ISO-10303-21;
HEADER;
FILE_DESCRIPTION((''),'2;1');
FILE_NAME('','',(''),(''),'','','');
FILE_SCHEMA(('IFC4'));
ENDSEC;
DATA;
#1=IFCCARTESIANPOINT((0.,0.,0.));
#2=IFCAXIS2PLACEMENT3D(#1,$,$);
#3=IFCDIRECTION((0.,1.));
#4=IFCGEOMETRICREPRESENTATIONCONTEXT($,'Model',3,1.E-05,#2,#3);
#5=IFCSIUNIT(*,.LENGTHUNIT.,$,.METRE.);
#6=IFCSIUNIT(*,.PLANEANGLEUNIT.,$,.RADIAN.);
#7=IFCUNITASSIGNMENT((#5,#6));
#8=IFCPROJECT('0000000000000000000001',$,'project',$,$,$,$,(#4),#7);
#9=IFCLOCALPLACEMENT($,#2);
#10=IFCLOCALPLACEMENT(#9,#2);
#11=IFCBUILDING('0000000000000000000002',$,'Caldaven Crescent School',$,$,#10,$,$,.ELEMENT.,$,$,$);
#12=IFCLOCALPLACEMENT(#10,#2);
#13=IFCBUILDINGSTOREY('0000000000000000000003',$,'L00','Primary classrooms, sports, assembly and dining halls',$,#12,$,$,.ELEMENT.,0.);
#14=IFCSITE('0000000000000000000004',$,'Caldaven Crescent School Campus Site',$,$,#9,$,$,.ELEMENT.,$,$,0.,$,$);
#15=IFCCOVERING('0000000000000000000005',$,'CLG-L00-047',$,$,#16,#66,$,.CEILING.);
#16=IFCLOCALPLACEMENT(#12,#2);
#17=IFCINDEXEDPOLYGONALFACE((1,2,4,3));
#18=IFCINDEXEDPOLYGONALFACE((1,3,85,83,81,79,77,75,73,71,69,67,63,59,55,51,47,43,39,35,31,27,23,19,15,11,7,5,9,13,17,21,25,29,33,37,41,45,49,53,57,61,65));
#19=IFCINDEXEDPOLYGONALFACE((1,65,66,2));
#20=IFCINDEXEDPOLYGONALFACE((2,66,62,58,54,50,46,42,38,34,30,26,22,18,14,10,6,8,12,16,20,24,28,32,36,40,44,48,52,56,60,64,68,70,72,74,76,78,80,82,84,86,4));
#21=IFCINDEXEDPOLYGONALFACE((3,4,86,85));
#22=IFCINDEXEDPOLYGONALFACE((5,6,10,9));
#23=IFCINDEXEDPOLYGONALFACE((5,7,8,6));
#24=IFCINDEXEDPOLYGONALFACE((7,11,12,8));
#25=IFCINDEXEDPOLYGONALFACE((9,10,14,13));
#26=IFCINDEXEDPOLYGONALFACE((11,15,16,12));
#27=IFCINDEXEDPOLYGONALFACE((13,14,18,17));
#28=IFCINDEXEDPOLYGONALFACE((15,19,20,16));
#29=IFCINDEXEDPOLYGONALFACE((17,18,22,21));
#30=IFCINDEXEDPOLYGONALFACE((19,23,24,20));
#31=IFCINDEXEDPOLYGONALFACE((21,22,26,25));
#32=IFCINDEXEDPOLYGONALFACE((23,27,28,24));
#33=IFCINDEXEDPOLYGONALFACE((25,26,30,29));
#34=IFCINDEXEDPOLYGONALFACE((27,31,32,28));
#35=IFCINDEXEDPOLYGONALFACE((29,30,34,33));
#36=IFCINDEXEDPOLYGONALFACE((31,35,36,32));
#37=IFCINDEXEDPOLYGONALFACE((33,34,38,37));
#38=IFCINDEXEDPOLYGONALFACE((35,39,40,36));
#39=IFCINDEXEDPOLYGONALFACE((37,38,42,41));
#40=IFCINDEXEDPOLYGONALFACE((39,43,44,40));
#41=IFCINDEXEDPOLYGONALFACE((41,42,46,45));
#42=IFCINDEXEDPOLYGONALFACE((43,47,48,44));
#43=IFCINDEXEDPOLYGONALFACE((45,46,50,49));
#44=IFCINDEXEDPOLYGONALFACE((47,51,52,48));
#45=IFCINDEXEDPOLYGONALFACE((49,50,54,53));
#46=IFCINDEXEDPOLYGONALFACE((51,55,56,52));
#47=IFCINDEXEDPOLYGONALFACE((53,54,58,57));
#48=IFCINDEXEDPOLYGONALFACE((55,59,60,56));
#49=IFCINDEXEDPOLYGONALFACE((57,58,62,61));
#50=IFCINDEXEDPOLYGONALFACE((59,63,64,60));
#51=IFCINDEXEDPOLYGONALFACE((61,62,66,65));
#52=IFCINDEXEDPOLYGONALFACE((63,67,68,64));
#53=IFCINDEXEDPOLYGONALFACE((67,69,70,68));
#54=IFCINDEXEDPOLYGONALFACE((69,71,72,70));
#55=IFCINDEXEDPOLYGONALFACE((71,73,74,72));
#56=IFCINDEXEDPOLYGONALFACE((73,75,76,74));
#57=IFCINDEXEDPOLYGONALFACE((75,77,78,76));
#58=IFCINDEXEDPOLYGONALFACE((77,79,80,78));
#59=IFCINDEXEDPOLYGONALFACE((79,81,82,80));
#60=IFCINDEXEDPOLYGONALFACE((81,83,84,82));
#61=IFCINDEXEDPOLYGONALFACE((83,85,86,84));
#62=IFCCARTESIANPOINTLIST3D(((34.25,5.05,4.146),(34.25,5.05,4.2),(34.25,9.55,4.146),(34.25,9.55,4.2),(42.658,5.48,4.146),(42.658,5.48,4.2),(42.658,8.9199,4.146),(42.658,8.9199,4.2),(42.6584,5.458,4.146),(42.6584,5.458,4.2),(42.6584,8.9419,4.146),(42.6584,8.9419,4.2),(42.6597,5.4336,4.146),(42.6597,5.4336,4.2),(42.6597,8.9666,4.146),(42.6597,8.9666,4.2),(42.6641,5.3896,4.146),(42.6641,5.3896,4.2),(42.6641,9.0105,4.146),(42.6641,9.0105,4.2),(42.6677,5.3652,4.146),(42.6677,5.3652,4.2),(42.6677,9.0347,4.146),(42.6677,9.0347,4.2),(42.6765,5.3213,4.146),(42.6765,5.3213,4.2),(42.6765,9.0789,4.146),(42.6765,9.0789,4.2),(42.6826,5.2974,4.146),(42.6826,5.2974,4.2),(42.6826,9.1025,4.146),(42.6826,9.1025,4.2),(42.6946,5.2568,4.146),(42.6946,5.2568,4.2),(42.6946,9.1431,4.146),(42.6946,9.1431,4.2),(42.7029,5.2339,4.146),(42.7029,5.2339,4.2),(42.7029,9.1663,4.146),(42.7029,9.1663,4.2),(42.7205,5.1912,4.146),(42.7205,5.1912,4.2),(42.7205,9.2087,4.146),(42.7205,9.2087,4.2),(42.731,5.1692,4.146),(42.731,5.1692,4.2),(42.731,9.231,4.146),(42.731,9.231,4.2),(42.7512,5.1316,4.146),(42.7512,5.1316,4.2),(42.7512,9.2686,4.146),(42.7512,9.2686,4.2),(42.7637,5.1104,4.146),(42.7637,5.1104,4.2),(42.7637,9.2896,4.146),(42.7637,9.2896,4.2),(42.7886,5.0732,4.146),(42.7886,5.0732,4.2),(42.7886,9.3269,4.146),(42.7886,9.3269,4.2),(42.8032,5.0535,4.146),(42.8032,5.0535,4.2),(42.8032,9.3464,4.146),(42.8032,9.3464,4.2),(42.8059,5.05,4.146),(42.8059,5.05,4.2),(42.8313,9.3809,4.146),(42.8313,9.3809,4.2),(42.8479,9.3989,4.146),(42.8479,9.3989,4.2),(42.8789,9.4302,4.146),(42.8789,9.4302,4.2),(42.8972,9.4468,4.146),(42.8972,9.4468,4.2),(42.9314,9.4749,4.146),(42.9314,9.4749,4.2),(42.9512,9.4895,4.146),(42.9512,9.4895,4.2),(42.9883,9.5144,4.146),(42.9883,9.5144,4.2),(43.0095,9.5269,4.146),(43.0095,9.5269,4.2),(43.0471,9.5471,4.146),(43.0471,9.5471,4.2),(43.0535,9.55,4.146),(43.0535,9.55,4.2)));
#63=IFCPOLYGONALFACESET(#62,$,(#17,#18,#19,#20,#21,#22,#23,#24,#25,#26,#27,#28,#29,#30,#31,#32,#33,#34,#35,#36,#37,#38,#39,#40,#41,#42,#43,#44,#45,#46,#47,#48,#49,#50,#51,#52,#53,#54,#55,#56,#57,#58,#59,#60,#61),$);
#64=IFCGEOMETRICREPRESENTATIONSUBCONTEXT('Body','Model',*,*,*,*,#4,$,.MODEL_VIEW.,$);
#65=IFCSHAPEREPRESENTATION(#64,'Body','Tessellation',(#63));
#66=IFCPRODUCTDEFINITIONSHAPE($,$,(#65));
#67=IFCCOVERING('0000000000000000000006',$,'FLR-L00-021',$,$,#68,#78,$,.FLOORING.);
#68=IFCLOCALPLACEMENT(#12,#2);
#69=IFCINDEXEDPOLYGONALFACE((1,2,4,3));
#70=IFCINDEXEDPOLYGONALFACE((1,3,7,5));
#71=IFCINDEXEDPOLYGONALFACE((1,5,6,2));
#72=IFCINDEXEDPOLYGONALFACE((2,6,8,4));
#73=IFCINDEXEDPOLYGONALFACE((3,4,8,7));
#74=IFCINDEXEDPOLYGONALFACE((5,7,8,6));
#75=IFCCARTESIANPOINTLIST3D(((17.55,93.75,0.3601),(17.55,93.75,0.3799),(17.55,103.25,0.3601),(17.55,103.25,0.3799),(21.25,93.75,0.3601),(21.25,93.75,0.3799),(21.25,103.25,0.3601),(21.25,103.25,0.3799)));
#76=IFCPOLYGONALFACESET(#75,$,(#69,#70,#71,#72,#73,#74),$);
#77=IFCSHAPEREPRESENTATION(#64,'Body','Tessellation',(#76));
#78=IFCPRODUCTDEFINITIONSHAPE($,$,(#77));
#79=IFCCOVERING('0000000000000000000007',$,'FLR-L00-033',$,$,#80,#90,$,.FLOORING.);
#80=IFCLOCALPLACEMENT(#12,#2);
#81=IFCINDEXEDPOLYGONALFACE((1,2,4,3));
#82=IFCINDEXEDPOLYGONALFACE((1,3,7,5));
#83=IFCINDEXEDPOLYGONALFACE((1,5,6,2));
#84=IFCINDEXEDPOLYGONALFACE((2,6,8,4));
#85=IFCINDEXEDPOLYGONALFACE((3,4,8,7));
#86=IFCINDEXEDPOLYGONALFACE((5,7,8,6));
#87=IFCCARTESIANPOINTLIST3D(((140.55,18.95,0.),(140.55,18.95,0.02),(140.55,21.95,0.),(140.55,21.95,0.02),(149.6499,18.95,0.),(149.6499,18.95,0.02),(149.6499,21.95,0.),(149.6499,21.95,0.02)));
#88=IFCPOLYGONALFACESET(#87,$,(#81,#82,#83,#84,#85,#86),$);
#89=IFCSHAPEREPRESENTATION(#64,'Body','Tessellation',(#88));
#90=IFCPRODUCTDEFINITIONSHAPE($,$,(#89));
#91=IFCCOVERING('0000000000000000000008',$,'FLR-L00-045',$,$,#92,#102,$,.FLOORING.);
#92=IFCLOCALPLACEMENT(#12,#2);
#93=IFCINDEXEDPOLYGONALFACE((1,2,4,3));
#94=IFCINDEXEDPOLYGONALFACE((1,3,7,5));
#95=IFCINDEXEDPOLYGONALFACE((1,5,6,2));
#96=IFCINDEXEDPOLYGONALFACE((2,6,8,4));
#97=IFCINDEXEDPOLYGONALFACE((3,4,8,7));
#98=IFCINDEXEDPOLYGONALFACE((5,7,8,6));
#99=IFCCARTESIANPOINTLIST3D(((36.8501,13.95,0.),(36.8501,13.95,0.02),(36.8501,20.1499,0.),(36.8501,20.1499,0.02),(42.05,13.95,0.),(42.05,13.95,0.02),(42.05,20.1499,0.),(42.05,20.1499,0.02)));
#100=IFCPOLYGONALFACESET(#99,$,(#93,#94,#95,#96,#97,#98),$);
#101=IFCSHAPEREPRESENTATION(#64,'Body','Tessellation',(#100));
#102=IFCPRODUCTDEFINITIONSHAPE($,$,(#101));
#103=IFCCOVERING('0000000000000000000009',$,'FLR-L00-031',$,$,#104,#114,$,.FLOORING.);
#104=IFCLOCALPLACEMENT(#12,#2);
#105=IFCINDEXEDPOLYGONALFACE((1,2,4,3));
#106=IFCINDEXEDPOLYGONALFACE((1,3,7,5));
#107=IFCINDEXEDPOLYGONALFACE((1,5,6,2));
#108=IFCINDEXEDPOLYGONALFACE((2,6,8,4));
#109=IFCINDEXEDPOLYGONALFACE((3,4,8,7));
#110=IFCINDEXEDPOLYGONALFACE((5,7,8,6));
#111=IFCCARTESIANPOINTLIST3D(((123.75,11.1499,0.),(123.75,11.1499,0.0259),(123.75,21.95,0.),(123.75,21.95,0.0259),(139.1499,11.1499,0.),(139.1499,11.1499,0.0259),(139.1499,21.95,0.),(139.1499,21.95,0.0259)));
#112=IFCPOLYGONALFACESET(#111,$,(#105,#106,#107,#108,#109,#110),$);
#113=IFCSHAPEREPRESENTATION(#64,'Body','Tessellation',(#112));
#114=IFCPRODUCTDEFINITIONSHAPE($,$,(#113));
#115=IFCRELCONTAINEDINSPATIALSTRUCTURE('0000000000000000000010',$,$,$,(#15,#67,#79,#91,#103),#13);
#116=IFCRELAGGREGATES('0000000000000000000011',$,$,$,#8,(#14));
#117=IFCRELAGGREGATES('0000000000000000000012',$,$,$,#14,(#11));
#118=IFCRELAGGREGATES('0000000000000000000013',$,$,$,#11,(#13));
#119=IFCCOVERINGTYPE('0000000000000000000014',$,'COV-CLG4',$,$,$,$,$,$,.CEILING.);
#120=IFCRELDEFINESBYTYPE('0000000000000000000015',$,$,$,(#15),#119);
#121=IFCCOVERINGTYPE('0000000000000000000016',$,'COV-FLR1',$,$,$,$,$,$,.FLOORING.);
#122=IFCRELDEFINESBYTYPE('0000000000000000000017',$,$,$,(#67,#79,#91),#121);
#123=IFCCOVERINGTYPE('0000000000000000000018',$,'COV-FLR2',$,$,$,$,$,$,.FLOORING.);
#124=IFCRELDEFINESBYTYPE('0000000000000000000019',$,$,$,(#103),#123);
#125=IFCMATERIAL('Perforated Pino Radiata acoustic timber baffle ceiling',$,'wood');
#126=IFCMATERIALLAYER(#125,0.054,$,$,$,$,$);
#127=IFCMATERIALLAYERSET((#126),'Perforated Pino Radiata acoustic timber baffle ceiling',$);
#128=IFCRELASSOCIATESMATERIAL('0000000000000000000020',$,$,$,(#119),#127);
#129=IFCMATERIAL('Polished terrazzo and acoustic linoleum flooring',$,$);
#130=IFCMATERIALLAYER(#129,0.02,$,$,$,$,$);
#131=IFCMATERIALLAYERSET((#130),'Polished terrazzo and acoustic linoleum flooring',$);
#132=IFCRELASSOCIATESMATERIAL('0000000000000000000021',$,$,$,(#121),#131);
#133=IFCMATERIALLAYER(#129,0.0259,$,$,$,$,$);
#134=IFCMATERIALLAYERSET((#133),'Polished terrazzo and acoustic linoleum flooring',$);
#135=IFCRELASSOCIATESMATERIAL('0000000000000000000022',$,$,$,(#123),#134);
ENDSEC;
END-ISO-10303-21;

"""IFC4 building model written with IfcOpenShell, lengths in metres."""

from ifc_helpers import new_model, si_unit, direction, frame, origin, place, context, subcontext, project, spatial, polyline, outline, extrude, material, layer, layer_set, type_object, element, save


model = new_model("IFC4")

# Units and contexts
model_context = context("Model", 3, precision=1e-05, world=origin(), true_north=direction((0.0, 1.0)))
body_context = subcontext(model_context, "Body", "Model", "MODEL_VIEW")
ifc_project = project(units=[si_unit("LENGTHUNIT", "METRE"), si_unit("PLANEANGLEUNIT", "RADIAN")], contexts=[model_context])

# Site, building, storey
site_placement = place(None, origin())
site = spatial("IfcSite", under=ifc_project, at=site_placement, Name="Caldaven Crescent School Campus Site", CompositionType="ELEMENT", RefElevation=0.0)
building_placement = place(site_placement, origin())
building = spatial("IfcBuilding", under=site, at=building_placement, Name="Caldaven Crescent School", CompositionType="ELEMENT")
storey_placement = place(building_placement, origin())
storey = spatial("IfcBuildingStorey", under=building, at=storey_placement, Name="L00", Description="Primary classrooms, sports, assembly and dining halls", CompositionType="ELEMENT", Elevation=0.0)

# Coverings
ifc_material_1 = material(Name="Perforated Pino Radiata acoustic timber baffle ceiling", Category="wood")
ifc_layer_1 = layer(ifc_material_1, 0.054)
ifc_layer_set_1 = layer_set([ifc_layer_1], Name="Perforated Pino Radiata acoustic timber baffle ceiling")
covering_type_1 = type_object("IfcCoveringType", Name="COV-CLG4", PredefinedType="CEILING", material=ifc_layer_set_1)
covering_1_placement = place(storey_placement, frame((0.0, 0.0, 4.146)))
element("IfcCovering", 1, at=covering_1_placement, inside=storey, type_object=covering_type_1, Name="CLG-L00-047", PredefinedType="CEILING", context=body_context, shape_type="SweptSolid", body=[
    extrude(outline(polyline([(34.25, 5.05), (34.25, 9.55), (43.0535, 9.55), (43.0471, 9.5471), (43.0095, 9.5269), (42.9883, 9.5144), (42.9512, 9.4895), (42.9314, 9.4749), (42.8972, 9.4468), (42.8789, 9.4302), (42.8479, 9.3989), (42.8313, 9.3809), (42.8032, 9.3464), (42.7886, 9.3269), (42.7637, 9.2896), (42.7512, 9.2686), (42.731, 9.231), (42.7205, 9.2087), (42.7029, 9.1663), (42.6946, 9.1431), (42.6826, 9.1025), (42.6765, 9.0789), (42.6677, 9.0347), (42.6641, 9.0105), (42.6597, 8.9666), (42.6584, 8.9419), (42.658, 8.9199), (42.658, 5.48), (42.6584, 5.458), (42.6597, 5.4336), (42.6641, 5.3896), (42.6677, 5.3652), (42.6765, 5.3213), (42.6826, 5.2974), (42.6946, 5.2568), (42.7029, 5.2339), (42.7205, 5.1912), (42.731, 5.1692), (42.7512, 5.1316), (42.7637, 5.1104), (42.7886, 5.0732), (42.8032, 5.0535), (42.8059, 5.05), (34.25, 5.05)])), origin(), (0.0, 0.0, 1.0), 0.054),
])
ifc_material_2 = material(Name="Polished terrazzo and acoustic linoleum flooring")
ifc_layer_2 = layer(ifc_material_2, 0.02)
ifc_layer_set_2 = layer_set([ifc_layer_2], Name="Polished terrazzo and acoustic linoleum flooring")
covering_type_2 = type_object("IfcCoveringType", Name="COV-FLR1", PredefinedType="FLOORING", material=ifc_layer_set_2)
covering_2_placement = place(storey_placement, frame((0.0, 0.0, 0.3601)))
element("IfcCovering", 2, at=covering_2_placement, inside=storey, type_object=covering_type_2, Name="FLR-L00-021", PredefinedType="FLOORING", context=body_context, shape_type="SweptSolid", body=[
    extrude(outline(polyline([(17.55, 103.25), (21.25, 103.25), (21.25, 93.75), (17.55, 93.75), (17.55, 103.25)])), origin(), (0.0, 0.0, 1.0), 0.0198),
])
covering_3_placement = place(storey_placement, origin())
element("IfcCovering", 3, at=covering_3_placement, inside=storey, type_object=covering_type_2, Name="FLR-L00-033", PredefinedType="FLOORING", context=body_context, shape_type="SweptSolid", body=[
    extrude(outline(polyline([(140.55, 21.95), (149.6499, 21.95), (149.6499, 18.95), (140.55, 18.95), (140.55, 21.95)])), origin(), (0.0, 0.0, 1.0), 0.02),
])
covering_4_placement = place(storey_placement, origin())
element("IfcCovering", 4, at=covering_4_placement, inside=storey, type_object=covering_type_2, Name="FLR-L00-045", PredefinedType="FLOORING", context=body_context, shape_type="SweptSolid", body=[
    extrude(outline(polyline([(36.8501, 20.1499), (42.05, 20.1499), (42.05, 13.95), (36.8501, 13.95), (36.8501, 20.1499)])), origin(), (0.0, 0.0, 1.0), 0.02),
])
ifc_layer_3 = layer(ifc_material_2, 0.0259)
ifc_layer_set_3 = layer_set([ifc_layer_3], Name="Polished terrazzo and acoustic linoleum flooring")
covering_type_3 = type_object("IfcCoveringType", Name="COV-FLR2", PredefinedType="FLOORING", material=ifc_layer_set_3)
covering_5_placement = place(storey_placement, origin())
element("IfcCovering", 5, at=covering_5_placement, inside=storey, type_object=covering_type_3, Name="FLR-L00-031", PredefinedType="FLOORING", context=body_context, shape_type="SweptSolid", body=[
    extrude(outline(polyline([(123.75, 21.95), (139.1499, 21.95), (139.1499, 11.1499), (123.75, 11.1499), (123.75, 21.95)])), origin(), (0.0, 0.0, 1.0), 0.0259),
])

save(model, "model.ifc")
